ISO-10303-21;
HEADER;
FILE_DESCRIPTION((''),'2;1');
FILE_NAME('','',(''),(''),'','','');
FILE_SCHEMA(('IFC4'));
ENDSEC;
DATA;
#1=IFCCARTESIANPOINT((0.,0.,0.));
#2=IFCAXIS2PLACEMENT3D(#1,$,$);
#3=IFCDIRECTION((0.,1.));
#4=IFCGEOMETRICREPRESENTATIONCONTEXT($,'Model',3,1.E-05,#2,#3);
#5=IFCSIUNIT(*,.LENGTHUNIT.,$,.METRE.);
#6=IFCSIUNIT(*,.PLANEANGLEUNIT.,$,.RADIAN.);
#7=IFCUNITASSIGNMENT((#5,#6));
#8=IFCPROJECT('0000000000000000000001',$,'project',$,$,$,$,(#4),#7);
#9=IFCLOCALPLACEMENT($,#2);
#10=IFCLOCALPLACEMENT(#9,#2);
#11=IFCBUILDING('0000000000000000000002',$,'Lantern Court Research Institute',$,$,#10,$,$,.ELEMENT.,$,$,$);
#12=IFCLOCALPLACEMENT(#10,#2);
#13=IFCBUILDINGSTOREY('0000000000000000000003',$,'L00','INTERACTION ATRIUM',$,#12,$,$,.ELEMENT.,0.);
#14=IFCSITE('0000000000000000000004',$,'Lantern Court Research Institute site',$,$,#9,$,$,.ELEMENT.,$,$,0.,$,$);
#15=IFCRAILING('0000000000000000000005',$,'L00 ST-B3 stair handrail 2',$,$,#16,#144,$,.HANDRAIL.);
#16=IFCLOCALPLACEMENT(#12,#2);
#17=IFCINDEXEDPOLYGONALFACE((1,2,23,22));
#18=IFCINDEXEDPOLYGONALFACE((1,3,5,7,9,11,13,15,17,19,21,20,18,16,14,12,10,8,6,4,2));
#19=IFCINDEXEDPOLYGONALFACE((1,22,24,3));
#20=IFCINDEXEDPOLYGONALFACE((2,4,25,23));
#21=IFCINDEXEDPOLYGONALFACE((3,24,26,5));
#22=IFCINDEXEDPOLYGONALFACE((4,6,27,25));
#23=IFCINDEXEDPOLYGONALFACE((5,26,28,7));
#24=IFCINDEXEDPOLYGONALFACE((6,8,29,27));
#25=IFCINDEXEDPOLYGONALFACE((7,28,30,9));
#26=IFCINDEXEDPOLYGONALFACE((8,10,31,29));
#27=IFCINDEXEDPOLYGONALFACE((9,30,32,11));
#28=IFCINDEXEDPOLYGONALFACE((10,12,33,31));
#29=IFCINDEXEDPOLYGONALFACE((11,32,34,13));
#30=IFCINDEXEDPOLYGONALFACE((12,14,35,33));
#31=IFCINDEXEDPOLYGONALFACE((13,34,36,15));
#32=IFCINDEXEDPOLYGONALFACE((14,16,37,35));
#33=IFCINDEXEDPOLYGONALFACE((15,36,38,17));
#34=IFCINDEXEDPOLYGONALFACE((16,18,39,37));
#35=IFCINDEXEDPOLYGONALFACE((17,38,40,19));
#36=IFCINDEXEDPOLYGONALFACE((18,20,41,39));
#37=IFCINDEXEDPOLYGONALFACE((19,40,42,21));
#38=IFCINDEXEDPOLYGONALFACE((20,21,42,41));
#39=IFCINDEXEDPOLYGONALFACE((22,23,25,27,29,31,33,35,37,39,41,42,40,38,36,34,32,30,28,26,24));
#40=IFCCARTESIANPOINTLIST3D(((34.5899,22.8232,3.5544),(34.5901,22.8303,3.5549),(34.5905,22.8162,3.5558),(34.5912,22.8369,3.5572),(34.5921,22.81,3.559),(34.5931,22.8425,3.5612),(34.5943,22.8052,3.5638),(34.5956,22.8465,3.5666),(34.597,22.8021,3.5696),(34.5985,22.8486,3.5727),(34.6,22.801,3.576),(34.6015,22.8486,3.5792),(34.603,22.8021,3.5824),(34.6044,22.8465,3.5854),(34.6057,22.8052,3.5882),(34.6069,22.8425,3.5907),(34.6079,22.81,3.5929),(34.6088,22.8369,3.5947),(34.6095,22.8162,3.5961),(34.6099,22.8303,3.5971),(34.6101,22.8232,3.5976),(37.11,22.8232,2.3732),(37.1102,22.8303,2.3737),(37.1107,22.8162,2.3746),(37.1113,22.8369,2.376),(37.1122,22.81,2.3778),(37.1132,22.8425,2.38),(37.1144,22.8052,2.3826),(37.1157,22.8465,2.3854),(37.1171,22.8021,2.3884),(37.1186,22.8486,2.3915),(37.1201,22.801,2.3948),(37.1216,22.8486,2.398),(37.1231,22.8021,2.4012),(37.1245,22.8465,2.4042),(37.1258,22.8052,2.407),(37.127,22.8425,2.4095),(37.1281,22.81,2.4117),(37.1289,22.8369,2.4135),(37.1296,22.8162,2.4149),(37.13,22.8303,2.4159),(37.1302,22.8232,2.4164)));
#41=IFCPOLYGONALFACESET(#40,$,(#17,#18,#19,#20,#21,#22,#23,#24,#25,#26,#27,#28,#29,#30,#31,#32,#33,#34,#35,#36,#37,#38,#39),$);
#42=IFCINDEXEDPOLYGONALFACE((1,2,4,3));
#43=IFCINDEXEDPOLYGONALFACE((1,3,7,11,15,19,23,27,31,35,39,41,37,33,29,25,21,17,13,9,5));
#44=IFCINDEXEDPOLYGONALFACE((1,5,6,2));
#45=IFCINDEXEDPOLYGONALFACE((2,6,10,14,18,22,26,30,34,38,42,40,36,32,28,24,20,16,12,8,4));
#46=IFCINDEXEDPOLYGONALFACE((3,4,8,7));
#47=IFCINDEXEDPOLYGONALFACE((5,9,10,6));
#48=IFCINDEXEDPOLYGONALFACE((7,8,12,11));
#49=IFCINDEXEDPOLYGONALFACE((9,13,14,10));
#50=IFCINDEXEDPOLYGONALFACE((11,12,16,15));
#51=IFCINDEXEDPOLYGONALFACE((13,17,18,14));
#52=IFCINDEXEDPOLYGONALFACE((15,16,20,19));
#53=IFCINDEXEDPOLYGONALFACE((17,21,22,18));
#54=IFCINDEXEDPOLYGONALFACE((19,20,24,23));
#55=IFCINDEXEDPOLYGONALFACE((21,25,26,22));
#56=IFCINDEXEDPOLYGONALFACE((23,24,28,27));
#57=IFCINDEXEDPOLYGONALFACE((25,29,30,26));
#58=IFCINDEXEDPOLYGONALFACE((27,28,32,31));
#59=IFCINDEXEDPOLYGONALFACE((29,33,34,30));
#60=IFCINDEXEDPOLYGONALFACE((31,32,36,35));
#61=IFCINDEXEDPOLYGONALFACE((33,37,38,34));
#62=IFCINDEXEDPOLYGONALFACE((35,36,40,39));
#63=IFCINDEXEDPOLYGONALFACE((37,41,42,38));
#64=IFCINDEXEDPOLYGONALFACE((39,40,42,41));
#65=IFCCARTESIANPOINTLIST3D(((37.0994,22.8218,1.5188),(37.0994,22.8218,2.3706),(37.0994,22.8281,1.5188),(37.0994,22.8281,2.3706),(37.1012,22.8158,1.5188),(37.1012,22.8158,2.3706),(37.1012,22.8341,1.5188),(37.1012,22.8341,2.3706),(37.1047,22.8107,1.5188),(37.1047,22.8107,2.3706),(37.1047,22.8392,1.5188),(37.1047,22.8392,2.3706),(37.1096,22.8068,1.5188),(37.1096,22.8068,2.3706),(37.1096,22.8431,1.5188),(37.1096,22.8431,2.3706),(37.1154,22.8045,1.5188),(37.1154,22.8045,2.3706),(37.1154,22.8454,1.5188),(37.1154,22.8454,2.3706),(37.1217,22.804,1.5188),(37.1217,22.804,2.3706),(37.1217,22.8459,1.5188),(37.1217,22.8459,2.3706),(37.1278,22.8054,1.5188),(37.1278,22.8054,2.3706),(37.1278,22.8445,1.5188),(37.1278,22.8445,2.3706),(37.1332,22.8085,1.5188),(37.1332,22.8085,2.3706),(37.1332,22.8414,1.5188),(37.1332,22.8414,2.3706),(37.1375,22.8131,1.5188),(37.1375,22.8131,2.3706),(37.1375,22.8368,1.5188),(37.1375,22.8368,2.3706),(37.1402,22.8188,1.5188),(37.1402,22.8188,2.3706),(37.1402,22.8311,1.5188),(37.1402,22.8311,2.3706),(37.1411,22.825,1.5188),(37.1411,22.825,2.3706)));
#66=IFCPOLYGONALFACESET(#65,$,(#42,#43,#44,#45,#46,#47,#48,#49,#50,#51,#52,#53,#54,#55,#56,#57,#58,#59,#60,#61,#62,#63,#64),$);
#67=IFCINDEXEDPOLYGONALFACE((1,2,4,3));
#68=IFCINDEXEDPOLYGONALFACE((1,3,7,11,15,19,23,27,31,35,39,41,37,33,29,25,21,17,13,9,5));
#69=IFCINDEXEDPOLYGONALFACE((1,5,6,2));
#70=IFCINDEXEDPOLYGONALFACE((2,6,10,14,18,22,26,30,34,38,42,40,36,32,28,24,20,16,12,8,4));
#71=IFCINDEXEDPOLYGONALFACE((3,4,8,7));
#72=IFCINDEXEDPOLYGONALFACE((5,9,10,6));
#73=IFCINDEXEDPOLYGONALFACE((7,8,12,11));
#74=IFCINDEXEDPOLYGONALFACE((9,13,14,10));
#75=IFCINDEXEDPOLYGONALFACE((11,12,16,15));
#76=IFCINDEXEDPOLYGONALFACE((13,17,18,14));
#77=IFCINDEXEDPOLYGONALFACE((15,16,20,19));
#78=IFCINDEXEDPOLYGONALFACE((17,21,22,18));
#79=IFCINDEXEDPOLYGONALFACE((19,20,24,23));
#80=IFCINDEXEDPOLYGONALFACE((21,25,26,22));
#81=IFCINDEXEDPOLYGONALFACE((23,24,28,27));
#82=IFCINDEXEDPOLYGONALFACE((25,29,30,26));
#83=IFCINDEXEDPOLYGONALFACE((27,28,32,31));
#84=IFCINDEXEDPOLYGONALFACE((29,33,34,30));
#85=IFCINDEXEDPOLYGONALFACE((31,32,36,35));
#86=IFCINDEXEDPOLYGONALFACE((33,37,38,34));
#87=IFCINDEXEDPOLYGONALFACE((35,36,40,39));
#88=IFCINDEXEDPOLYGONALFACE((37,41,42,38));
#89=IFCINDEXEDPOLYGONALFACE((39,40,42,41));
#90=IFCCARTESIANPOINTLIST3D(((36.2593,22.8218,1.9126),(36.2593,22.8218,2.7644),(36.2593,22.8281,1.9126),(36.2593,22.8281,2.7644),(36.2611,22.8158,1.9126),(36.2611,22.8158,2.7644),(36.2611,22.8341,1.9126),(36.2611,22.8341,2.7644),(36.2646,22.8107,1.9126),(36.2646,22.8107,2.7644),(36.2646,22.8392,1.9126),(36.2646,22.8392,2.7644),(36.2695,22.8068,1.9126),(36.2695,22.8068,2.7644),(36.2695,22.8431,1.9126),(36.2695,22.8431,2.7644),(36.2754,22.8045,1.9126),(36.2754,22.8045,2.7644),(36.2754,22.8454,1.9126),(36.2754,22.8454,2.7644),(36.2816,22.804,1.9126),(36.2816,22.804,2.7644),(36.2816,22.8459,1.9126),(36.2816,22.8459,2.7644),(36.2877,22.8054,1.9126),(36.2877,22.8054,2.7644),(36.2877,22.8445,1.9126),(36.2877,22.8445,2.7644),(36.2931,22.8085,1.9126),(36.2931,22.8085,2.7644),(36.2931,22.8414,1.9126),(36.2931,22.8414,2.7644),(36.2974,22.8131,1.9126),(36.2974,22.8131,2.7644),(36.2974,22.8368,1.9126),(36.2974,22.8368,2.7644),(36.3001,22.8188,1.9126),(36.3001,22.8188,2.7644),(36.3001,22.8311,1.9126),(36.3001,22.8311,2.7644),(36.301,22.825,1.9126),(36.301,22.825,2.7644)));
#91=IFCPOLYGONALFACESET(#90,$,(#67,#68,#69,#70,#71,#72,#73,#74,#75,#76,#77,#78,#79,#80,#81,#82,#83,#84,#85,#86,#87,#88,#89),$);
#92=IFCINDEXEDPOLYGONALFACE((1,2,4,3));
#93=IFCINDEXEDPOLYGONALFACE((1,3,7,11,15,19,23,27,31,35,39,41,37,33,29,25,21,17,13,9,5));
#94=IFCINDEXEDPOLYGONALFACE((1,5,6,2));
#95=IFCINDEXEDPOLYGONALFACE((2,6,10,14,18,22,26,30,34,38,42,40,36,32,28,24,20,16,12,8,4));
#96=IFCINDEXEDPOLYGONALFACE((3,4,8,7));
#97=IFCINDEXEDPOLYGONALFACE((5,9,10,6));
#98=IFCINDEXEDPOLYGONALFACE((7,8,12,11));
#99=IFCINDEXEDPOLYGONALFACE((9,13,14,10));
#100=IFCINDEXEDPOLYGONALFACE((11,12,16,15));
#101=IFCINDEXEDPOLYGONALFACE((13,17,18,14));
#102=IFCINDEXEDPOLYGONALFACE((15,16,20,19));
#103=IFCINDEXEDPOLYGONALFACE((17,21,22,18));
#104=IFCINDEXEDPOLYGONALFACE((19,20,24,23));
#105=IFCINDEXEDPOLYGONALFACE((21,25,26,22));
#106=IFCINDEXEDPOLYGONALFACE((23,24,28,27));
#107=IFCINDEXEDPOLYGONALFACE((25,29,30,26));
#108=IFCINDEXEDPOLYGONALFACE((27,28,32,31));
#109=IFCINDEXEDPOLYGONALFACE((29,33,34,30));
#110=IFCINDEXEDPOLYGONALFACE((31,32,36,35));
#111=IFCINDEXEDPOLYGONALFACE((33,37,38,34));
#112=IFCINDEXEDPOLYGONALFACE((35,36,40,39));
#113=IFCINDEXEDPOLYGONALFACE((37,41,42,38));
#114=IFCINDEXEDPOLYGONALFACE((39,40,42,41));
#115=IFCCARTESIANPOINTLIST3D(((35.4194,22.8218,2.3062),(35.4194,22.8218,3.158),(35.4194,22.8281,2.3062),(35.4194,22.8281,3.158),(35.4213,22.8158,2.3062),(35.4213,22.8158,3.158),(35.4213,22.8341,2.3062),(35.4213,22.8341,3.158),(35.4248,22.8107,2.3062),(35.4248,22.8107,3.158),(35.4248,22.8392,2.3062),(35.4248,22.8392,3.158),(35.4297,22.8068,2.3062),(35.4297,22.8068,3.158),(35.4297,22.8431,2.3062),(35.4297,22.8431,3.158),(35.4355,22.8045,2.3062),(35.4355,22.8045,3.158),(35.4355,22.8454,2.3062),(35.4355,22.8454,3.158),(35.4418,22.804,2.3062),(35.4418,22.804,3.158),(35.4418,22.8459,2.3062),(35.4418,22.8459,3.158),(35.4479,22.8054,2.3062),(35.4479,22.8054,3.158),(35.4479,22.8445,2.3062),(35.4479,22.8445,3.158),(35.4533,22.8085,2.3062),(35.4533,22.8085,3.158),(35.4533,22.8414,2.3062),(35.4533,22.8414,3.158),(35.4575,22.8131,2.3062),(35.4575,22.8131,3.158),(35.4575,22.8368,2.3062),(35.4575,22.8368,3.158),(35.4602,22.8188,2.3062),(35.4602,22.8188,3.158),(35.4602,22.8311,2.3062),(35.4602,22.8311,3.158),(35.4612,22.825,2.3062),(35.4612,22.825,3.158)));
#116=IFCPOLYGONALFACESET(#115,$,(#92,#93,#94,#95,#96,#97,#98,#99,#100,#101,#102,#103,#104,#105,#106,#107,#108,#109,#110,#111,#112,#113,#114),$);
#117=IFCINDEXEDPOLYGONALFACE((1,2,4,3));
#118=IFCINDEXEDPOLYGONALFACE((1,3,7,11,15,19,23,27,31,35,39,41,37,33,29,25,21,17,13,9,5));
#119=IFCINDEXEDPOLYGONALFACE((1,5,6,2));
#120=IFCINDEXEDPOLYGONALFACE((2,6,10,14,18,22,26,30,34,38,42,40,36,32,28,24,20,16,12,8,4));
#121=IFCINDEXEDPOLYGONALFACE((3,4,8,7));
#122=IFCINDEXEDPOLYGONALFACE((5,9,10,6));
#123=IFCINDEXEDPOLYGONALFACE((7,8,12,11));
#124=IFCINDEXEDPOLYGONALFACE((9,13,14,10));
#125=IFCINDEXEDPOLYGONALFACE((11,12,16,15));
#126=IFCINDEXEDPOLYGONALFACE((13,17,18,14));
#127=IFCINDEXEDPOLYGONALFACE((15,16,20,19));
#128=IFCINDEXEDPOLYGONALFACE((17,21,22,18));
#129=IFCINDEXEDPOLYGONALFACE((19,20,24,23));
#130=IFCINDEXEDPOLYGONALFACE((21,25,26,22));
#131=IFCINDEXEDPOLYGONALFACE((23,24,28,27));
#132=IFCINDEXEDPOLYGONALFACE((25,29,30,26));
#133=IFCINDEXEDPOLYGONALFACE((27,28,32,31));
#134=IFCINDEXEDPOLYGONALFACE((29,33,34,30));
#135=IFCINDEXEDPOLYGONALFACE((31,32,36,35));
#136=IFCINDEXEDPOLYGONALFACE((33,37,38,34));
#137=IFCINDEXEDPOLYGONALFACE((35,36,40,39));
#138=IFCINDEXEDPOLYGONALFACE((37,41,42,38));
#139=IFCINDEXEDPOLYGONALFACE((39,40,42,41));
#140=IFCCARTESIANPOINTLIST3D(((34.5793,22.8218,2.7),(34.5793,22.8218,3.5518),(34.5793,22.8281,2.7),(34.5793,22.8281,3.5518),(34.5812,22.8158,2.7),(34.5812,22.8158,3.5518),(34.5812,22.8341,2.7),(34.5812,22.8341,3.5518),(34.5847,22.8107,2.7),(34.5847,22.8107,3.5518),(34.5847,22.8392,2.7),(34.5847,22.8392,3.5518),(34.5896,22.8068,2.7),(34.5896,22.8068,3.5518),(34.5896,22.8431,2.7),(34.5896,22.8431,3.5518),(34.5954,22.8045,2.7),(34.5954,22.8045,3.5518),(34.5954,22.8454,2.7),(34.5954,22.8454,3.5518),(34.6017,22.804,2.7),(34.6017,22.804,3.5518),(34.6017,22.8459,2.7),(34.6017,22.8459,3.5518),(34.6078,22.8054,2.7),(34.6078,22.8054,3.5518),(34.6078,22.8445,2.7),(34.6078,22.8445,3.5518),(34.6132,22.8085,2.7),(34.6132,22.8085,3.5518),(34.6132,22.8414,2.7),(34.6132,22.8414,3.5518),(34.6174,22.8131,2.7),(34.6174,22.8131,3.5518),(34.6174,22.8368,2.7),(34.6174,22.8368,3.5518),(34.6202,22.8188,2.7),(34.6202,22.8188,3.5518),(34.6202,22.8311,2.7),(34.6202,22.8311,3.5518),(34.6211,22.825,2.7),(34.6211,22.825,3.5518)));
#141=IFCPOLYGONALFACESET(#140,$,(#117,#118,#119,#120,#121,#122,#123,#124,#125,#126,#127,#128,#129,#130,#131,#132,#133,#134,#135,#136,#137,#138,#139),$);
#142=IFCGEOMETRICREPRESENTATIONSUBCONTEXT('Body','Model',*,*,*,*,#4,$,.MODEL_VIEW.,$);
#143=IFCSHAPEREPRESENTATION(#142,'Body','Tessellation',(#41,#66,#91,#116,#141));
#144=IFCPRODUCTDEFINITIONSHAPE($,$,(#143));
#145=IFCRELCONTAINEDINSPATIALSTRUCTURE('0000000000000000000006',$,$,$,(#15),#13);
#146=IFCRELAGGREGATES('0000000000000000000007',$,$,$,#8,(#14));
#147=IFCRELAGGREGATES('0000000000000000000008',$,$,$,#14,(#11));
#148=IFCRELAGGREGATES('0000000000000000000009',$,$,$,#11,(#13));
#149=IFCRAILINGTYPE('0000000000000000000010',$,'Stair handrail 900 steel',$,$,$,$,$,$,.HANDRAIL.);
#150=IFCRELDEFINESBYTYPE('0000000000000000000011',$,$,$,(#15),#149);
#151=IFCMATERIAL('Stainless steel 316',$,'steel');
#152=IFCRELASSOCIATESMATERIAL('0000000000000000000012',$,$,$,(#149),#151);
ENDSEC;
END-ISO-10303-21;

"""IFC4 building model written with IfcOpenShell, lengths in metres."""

from ifc_helpers import new_model, si_unit, direction, frame, origin, origin_2d, place, context, subcontext, project, spatial, circle, extrude, material, type_object, element, save


model = new_model("IFC4")

# Units and contexts
model_context = context("Model", 3, precision=1e-05, world=origin(), true_north=direction((0.0, 1.0)))
body_context = subcontext(model_context, "Body", "Model", "MODEL_VIEW")
ifc_project = project(units=[si_unit("LENGTHUNIT", "METRE"), si_unit("PLANEANGLEUNIT", "RADIAN")], contexts=[model_context])

# Site, building, storey
site_placement = place(None, origin())
site = spatial("IfcSite", under=ifc_project, at=site_placement, Name="Lantern Court Research Institute site", CompositionType="ELEMENT", RefElevation=0.0)
building_placement = place(site_placement, origin())
building = spatial("IfcBuilding", under=site, at=building_placement, Name="Lantern Court Research Institute", CompositionType="ELEMENT")
storey_placement = place(building_placement, origin())
storey = spatial("IfcBuildingStorey", under=building, at=storey_placement, Name="L00", Description="INTERACTION ATRIUM", CompositionType="ELEMENT", Elevation=0.0)

# Railing
ifc_material_1 = material(Name="Stainless steel 316", Category="steel")
railing_type_1 = type_object("IfcRailingType", Name="Stair handrail 900 steel", PredefinedType="HANDRAIL", material=ifc_material_1)
railing_1_placement = place(storey_placement, frame((37.1201, 22.825, 1.5188)))
element("IfcRailing", 1, at=railing_1_placement, inside=storey, type_object=railing_type_1, Name="L00 ST-B3 stair handrail 2", PredefinedType="HANDRAIL", context=body_context, shape_type="SweptSolid", body=[
    extrude(circle(Radius=0.0239, at=origin_2d()), frame((0.0, 0.0, 0.876), z_axis=(-0.905474, 0.0, 0.424402), x_axis=(0.0, -1.0, 0.0)), (0.0, 0.0, 1.0), 2.7832),
    extrude(circle(Radius=0.021, at=origin_2d()), origin(), (0.0, 0.0, 1.0), 0.8518),
    extrude(circle(Radius=0.021, at=origin_2d()), frame((-0.8401, 0.0, 0.3938)), (0.0, 0.0, 1.0), 0.8518),
    extrude(circle(Radius=0.021, at=origin_2d()), frame((-1.6799, 0.0, 0.7874)), (0.0, 0.0, 1.0), 0.8518),
    extrude(circle(Radius=0.021, at=origin_2d()), frame((-2.52, 0.0, 1.1812)), (0.0, 0.0, 1.0), 0.8518),
])

save(model, "model.ifc")
